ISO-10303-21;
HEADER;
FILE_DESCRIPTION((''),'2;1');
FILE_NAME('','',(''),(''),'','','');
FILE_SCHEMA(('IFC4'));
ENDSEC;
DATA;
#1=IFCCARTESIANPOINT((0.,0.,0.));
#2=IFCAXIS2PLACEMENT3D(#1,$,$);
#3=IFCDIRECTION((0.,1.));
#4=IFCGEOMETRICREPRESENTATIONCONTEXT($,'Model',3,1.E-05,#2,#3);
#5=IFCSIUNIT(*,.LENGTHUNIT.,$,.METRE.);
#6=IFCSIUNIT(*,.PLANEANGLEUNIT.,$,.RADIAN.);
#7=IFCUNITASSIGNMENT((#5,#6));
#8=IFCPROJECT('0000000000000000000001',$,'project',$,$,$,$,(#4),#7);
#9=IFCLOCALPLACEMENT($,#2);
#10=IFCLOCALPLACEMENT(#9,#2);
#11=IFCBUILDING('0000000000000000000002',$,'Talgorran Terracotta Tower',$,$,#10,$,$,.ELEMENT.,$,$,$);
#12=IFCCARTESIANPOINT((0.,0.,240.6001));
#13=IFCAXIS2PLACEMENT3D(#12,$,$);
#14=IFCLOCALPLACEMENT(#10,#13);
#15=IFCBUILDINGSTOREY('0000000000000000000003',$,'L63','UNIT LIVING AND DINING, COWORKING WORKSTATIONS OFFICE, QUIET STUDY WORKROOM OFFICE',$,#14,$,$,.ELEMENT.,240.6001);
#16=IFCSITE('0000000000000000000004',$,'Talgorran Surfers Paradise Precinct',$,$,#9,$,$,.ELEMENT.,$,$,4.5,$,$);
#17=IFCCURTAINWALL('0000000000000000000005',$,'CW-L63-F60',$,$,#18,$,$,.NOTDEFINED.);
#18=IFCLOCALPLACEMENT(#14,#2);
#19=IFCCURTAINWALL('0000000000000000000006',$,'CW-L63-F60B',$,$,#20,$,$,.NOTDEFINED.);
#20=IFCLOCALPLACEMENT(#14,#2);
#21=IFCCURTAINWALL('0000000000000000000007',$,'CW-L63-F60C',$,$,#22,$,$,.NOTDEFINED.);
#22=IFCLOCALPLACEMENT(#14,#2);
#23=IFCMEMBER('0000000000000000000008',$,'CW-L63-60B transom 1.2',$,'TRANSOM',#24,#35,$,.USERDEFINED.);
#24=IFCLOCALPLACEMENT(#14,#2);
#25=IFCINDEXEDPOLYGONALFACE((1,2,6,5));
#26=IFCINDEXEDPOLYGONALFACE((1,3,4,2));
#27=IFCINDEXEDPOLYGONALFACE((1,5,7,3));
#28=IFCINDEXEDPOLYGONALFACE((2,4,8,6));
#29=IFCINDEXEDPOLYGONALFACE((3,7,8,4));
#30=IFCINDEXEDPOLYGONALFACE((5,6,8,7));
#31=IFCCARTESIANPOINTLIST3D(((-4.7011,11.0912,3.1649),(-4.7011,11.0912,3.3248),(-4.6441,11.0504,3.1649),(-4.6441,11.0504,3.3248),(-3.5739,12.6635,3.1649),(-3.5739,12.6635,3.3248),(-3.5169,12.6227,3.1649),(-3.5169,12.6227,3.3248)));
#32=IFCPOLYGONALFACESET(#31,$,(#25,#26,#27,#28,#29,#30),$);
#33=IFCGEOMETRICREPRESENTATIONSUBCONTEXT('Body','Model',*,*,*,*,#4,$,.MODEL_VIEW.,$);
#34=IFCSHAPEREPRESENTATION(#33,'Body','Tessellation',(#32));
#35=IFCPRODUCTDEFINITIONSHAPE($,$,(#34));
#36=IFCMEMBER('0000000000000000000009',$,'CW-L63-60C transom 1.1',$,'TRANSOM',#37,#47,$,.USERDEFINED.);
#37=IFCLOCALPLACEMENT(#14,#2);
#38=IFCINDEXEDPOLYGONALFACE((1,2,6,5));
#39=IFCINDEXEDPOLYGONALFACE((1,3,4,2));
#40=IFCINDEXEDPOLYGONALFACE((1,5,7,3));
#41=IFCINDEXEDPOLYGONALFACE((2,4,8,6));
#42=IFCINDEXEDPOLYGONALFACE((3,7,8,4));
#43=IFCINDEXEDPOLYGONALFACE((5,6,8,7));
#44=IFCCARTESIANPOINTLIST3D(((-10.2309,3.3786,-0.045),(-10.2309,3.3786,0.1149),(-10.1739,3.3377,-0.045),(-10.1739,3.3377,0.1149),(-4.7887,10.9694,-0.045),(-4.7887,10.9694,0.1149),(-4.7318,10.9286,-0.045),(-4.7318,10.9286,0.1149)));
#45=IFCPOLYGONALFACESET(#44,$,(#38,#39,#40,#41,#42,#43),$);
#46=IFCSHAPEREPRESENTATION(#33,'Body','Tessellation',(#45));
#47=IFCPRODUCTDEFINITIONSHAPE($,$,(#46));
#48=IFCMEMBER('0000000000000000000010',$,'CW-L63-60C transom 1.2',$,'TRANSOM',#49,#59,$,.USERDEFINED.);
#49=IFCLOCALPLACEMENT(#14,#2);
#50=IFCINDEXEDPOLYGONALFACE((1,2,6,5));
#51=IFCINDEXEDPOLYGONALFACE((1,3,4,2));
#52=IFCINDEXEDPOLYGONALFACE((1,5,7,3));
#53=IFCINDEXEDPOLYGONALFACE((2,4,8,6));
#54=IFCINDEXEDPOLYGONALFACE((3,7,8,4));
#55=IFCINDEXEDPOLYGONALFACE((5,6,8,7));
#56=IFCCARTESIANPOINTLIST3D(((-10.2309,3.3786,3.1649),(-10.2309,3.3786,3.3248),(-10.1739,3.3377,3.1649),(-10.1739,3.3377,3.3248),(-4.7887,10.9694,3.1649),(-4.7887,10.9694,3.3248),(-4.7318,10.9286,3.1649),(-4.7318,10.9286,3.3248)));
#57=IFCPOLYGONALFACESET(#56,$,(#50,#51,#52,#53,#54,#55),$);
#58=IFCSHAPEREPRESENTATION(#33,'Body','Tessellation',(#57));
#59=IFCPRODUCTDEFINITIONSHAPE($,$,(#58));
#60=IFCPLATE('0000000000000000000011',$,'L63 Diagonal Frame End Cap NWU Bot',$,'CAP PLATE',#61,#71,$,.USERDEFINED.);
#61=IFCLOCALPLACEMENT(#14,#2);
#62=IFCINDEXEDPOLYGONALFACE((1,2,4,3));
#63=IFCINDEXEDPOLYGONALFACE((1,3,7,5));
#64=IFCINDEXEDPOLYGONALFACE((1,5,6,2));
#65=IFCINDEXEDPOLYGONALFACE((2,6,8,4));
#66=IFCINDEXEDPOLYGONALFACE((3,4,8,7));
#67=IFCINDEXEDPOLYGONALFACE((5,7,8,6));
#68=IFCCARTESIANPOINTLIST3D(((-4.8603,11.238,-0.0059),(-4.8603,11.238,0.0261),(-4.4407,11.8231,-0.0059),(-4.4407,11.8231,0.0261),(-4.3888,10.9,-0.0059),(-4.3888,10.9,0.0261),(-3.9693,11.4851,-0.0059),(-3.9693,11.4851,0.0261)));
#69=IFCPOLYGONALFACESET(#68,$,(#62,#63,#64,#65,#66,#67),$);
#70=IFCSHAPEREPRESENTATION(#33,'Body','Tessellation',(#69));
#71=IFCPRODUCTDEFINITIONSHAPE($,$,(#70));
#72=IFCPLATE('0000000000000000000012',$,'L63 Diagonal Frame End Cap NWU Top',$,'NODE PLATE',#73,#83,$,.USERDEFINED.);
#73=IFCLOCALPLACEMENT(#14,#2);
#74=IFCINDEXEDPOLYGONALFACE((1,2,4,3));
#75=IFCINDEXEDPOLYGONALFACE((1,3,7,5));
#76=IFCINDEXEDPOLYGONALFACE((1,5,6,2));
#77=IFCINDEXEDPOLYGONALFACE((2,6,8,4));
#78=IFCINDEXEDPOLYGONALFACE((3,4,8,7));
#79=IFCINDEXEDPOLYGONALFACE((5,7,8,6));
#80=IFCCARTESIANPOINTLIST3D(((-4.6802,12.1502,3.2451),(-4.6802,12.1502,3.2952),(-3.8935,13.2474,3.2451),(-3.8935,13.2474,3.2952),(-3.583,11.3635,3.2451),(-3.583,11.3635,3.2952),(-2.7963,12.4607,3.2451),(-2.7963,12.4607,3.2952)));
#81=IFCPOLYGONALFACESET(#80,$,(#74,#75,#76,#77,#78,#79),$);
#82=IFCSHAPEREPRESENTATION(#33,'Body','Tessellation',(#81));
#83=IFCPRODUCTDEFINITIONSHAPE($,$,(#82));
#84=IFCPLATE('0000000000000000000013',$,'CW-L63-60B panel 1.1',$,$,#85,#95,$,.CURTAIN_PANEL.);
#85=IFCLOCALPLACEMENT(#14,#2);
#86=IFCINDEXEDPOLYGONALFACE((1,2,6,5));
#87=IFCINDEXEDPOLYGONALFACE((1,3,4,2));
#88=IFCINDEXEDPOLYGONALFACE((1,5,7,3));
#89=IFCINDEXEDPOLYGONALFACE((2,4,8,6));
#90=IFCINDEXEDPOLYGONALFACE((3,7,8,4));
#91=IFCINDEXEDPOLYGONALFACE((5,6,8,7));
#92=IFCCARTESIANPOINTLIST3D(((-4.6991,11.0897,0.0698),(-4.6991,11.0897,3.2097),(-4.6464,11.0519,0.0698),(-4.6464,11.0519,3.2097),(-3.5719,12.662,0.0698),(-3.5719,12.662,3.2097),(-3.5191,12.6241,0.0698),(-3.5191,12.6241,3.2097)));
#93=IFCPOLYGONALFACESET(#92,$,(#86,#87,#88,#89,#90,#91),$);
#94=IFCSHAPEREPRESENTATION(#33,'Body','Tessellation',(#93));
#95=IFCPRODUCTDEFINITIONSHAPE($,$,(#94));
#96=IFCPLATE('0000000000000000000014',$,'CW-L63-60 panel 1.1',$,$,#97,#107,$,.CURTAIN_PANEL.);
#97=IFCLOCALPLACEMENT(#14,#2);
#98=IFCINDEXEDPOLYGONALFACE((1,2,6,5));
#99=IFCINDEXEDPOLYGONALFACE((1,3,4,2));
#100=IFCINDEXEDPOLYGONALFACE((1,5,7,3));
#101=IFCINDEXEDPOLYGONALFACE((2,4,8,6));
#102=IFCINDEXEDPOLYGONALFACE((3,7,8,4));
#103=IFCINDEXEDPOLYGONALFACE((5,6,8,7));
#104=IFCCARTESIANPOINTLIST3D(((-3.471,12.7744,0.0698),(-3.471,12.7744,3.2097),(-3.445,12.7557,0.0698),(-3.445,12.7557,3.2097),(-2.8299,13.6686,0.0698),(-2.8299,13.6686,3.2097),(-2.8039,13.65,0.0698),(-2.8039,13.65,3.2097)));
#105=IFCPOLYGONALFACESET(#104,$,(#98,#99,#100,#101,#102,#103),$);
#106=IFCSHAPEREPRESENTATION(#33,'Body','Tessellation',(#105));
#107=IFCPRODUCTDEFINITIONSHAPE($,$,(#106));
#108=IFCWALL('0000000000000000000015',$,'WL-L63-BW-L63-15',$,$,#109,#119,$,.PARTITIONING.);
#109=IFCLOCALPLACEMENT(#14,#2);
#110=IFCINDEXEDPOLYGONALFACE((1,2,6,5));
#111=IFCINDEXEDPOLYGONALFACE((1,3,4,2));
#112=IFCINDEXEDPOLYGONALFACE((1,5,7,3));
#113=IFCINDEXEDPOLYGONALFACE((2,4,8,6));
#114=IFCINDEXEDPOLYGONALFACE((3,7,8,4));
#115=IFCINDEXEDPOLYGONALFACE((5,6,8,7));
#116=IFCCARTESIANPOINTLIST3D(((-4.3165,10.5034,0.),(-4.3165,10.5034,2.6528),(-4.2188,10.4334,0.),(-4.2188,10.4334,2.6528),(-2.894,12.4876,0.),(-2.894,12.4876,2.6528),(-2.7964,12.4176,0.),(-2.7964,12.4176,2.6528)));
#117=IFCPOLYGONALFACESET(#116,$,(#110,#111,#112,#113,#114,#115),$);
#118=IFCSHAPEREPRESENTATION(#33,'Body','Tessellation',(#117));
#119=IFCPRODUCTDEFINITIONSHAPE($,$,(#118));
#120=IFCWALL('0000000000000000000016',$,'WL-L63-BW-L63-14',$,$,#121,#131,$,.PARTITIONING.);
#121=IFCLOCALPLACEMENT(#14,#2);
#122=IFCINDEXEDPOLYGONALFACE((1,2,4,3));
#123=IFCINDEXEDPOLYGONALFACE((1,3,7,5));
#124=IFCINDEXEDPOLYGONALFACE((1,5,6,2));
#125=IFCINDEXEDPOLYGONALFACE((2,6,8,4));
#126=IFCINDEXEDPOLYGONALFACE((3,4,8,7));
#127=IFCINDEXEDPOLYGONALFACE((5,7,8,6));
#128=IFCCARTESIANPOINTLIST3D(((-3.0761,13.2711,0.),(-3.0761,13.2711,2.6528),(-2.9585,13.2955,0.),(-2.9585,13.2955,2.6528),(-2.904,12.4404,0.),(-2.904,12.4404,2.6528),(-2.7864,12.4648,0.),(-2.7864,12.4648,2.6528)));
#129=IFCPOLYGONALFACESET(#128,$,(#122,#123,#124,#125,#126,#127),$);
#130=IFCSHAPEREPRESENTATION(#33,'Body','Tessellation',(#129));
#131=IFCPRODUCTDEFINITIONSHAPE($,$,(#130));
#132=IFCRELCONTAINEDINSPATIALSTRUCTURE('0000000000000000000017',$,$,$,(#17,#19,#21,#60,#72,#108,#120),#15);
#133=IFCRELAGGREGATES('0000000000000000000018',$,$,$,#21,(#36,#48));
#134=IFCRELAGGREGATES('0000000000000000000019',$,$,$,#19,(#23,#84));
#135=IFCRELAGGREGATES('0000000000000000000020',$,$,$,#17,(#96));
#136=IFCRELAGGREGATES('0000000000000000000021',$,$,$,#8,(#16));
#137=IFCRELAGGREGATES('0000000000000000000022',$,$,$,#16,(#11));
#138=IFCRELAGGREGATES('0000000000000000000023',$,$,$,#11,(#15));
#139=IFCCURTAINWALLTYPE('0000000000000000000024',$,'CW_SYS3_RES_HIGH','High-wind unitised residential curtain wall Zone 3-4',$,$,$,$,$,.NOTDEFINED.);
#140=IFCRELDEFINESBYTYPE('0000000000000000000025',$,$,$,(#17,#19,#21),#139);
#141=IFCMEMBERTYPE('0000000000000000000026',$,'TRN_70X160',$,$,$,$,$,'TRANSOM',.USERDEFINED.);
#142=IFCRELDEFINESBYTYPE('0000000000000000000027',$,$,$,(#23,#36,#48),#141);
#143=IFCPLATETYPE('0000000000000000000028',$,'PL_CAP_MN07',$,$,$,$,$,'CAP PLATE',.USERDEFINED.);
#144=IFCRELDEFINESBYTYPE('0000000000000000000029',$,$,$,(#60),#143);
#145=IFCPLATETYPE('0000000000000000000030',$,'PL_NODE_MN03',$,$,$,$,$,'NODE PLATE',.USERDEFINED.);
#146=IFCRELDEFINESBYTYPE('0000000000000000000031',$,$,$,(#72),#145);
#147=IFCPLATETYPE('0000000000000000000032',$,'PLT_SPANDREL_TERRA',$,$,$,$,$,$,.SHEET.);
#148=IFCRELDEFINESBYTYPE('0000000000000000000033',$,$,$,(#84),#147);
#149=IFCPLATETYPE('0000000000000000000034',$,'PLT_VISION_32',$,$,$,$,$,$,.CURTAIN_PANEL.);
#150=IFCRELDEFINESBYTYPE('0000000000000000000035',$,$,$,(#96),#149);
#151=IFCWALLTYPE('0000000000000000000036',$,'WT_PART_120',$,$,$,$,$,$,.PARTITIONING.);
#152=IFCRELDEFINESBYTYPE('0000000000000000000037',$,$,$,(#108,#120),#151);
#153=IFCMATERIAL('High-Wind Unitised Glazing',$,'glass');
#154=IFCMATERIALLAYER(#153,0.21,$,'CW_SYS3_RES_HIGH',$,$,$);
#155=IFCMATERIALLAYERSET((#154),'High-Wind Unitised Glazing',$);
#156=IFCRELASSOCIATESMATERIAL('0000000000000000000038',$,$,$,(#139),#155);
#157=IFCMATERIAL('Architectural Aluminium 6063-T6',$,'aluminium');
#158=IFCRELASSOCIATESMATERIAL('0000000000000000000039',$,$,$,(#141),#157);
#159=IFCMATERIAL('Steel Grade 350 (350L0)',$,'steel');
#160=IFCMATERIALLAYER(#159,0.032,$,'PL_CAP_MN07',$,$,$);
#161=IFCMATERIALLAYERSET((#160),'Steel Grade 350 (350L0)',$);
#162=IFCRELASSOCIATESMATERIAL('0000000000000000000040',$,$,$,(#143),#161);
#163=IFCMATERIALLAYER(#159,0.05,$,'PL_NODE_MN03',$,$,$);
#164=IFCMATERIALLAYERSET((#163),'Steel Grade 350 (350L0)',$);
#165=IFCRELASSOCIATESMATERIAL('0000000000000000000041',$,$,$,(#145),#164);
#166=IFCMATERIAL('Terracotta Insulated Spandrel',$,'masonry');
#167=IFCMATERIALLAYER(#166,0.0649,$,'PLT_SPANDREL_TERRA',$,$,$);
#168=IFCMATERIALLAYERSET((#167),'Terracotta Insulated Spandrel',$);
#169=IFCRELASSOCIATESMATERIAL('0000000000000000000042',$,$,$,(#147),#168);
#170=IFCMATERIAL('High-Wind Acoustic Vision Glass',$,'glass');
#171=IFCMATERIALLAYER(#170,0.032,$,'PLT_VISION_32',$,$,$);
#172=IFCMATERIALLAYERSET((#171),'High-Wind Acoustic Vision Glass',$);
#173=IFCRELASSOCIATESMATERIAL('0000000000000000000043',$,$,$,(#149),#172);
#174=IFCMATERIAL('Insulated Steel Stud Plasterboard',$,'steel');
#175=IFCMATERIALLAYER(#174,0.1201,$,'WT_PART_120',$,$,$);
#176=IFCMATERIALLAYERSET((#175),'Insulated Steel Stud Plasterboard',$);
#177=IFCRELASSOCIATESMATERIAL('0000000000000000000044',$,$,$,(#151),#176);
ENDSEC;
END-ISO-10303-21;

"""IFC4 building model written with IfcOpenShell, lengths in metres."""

from ifc_helpers import new_model, si_unit, direction, frame, frame_2d, origin, origin_2d, place, context, subcontext, project, spatial, rectangle, extrude, source, transform, mapped, material, layer, layer_set, material_profile, profile_set, type_object, type_shapes, element, aggregate, save


model = new_model("IFC4")

# Units and contexts
model_context = context("Model", 3, precision=1e-05, world=origin(), true_north=direction((0.0, 1.0)))
body_context = subcontext(model_context, "Body", "Model", "MODEL_VIEW")
ifc_project = project(units=[si_unit("LENGTHUNIT", "METRE"), si_unit("PLANEANGLEUNIT", "RADIAN")], contexts=[model_context])

# Site, building, storey
site_placement = place(None, origin())
site = spatial("IfcSite", under=ifc_project, at=site_placement, Name="Talgorran Surfers Paradise Precinct", CompositionType="ELEMENT", RefElevation=4.5)
building_placement = place(site_placement, origin())
building = spatial("IfcBuilding", under=site, at=building_placement, Name="Talgorran Terracotta Tower", CompositionType="ELEMENT")
storey_placement = place(building_placement, frame((0.0, 0.0, 240.6001)))
storey = spatial("IfcBuildingStorey", under=building, at=storey_placement, Name="L63", Description="UNIT LIVING AND DINING, COWORKING WORKSTATIONS OFFICE, QUIET STUDY WORKROOM OFFICE", CompositionType="ELEMENT", Elevation=240.6001)

# Shared definitions
ifc_material_1 = material(Name="Steel Grade 350 (350L0)", Category="steel")

# Shared definitions
ifc_material_2 = material(Name="High-Wind Unitised Glazing", Category="glass")
ifc_layer_1 = layer(ifc_material_2, 0.21, Name="CW_SYS3_RES_HIGH")
ifc_layer_set_1 = layer_set([ifc_layer_1], Name="High-Wind Unitised Glazing")
curtain_wall_type = type_object("IfcCurtainWallType", Name="CW_SYS3_RES_HIGH", Description="High-wind unitised residential curtain wall Zone 3-4", PredefinedType="NOTDEFINED", material=ifc_layer_set_1)
ifc_material_3 = material(Name="Architectural Aluminium 6063-T6", Category="aluminium")

# Curtain walls
curtain_wall_1_placement = place(storey_placement, origin())
curtain_wall_1 = element("IfcCurtainWall", 1, at=curtain_wall_1_placement, inside=storey, type_object=curtain_wall_type, Name="CW-L63-F60", PredefinedType="NOTDEFINED")
curtain_wall_2_placement = place(storey_placement, origin())
curtain_wall_2 = element("IfcCurtainWall", 2, at=curtain_wall_2_placement, inside=storey, type_object=curtain_wall_type, Name="CW-L63-F60B", PredefinedType="NOTDEFINED")

# Curtain wall
curtain_wall_3_placement = place(storey_placement, origin())
curtain_wall_3 = element("IfcCurtainWall", 3, at=curtain_wall_3_placement, inside=storey, type_object=curtain_wall_type, Name="CW-L63-F60C", PredefinedType="NOTDEFINED")

# Members
ifc_material_profile_1 = material_profile(ifc_material_3, rectangle(XDim=0.0701, YDim=0.1599, at=origin_2d()), Name="CWT70X160")
ifc_profile_set_1 = profile_set([ifc_material_profile_1], Name="Architectural Aluminium 6063-T6")
member_type_1 = type_object("IfcMemberType", Name="TRN_70X160", ElementType="TRANSOM", PredefinedType="USERDEFINED", material=ifc_profile_set_1)
member_1_placement = place(storey_placement, frame((-3.5454, 12.6431, 3.2449), z_axis=(-0.582658, -0.812718, 0.0), x_axis=(0.812718, -0.582658, 0.0)))
member_1 = element("IfcMember", 4, at=member_1_placement, type_object=member_type_1, Name="CW-L63-60B transom 1.2", ObjectType="TRANSOM", PredefinedType="USERDEFINED", context=body_context, shape_type="SweptSolid", body=[
    extrude(rectangle(XDim=0.0701, YDim=0.1599, at=origin_2d()), origin(), (0.0, 0.0, 1.0), 1.9346),
])
member_2_placement = place(storey_placement, frame((-4.7603, 10.949, 0.0349), z_axis=(-0.582664, -0.812713, 0.0), x_axis=(0.812713, -0.582664, 0.0)))
member_2 = element("IfcMember", 5, at=member_2_placement, type_object=member_type_1, Name="CW-L63-60C transom 1.1", ObjectType="TRANSOM", PredefinedType="USERDEFINED", context=body_context, shape_type="SweptSolid", body=[
    extrude(rectangle(XDim=0.0701, YDim=0.1599, at=origin_2d()), origin(), (0.0, 0.0, 1.0), 9.3401),
])
member_3_placement = place(storey_placement, frame((-4.7603, 10.949, 3.2449), z_axis=(-0.582664, -0.812713, 0.0), x_axis=(0.812713, -0.582664, 0.0)))
member_3 = element("IfcMember", 6, at=member_3_placement, type_object=member_type_1, Name="CW-L63-60C transom 1.2", ObjectType="TRANSOM", PredefinedType="USERDEFINED", context=body_context, shape_type="SweptSolid", body=[
    extrude(rectangle(XDim=0.0701, YDim=0.1599, at=origin_2d()), origin(), (0.0, 0.0, 1.0), 9.3401),
])
aggregate(curtain_wall_3, [member_2, member_3])

# Plates
ifc_layer_2 = layer(ifc_material_1, 0.032, Name="PL_CAP_MN07")
ifc_layer_set_2 = layer_set([ifc_layer_2], Name="Steel Grade 350 (350L0)")
plate_type_1 = type_object("IfcPlateType", Name="PL_CAP_MN07", ElementType="CAP PLATE", PredefinedType="USERDEFINED", material=ifc_layer_set_2)
plate_1_placement = place(storey_placement, frame((-4.4148, 11.3616, -0.0059), z_axis=(0.0, 0.0, 1.0), x_axis=(0.58269, 0.812694, 0.0)))
element("IfcPlate", 7, at=plate_1_placement, inside=storey, type_object=plate_type_1, Name="L63 Diagonal Frame End Cap NWU Bot", ObjectType="CAP PLATE", PredefinedType="USERDEFINED", context=body_context, shape_type="SweptSolid", body=[
    extrude(rectangle(XDim=0.72, YDim=0.5801, at=origin_2d()), origin(), (0.0, 0.0, 1.0), 0.032),
])
ifc_layer_3 = layer(ifc_material_1, 0.05, Name="PL_NODE_MN03")
ifc_layer_set_3 = layer_set([ifc_layer_3], Name="Steel Grade 350 (350L0)")
plate_type_2 = type_object("IfcPlateType", Name="PL_NODE_MN03", ElementType="NODE PLATE", PredefinedType="USERDEFINED", material=ifc_layer_set_3)
plate_2_placement = place(storey_placement, frame((-3.7383, 12.3054, 3.2451), z_axis=(0.0, 0.0, 1.0), x_axis=(0.58269, 0.812694, 0.0)))
element("IfcPlate", 8, at=plate_2_placement, inside=storey, type_object=plate_type_2, Name="L63 Diagonal Frame End Cap NWU Top", ObjectType="NODE PLATE", PredefinedType="USERDEFINED", context=body_context, shape_type="SweptSolid", body=[
    extrude(rectangle(XDim=1.3501, YDim=1.3501, at=origin_2d()), origin(), (0.0, 0.0, 1.0), 0.05),
])

# Plates
ifc_material_4 = material(Name="Terracotta Insulated Spandrel", Category="masonry")
ifc_layer_4 = layer(ifc_material_4, 0.0649, Name="PLT_SPANDREL_TERRA")
ifc_layer_set_4 = layer_set([ifc_layer_4], Name="Terracotta Insulated Spandrel")
plate_type_3 = type_object("IfcPlateType", Name="PLT_SPANDREL_TERRA", PredefinedType="SHEET", material=ifc_layer_set_4)
shared_shape_1 = source(origin(), body_context, "Body", "SweptSolid", [
    extrude(rectangle(XDim=1.9346, YDim=0.0649, at=origin_2d()), origin(), (0.0, 0.0, 1.0), 3.1399),
])
type_shapes(plate_type_3, [shared_shape_1])
plate_3_placement = place(storey_placement, frame((-4.1091, 11.8569, 0.0698), z_axis=(0.0, 0.0, 1.0), x_axis=(-0.582678, -0.812703, 0.0)))
plate_3 = element("IfcPlate", 9, at=plate_3_placement, type_object=plate_type_3, Name="CW-L63-60B panel 1.1", PredefinedType="CURTAIN_PANEL", context=body_context, shape_type="MappedRepresentation", body=[
    mapped(shared_shape_1, transform((0.0, 0.0, 0.0), scale=1.0)),
])
aggregate(curtain_wall_2, [member_1, plate_3])
ifc_material_5 = material(Name="High-Wind Acoustic Vision Glass", Category="glass")
ifc_layer_5 = layer(ifc_material_5, 0.032, Name="PLT_VISION_32")
ifc_layer_set_5 = layer_set([ifc_layer_5], Name="High-Wind Acoustic Vision Glass")
plate_type_4 = type_object("IfcPlateType", Name="PLT_VISION_32", PredefinedType="CURTAIN_PANEL", material=ifc_layer_set_5)
shared_shape_2 = source(origin(), body_context, "Body", "SweptSolid", [
    extrude(rectangle(XDim=1.1003, YDim=0.032, at=origin_2d()), origin(), (0.0, 0.0, 1.0), 3.1399),
])
type_shapes(plate_type_4, [shared_shape_2])
plate_4_placement = place(storey_placement, frame((-3.1375, 13.2122, 0.0698), z_axis=(0.0, 0.0, 1.0), x_axis=(-0.582679, -0.812703, 0.0)))
plate_4 = element("IfcPlate", 10, at=plate_4_placement, type_object=plate_type_4, Name="CW-L63-60 panel 1.1", PredefinedType="CURTAIN_PANEL", context=body_context, shape_type="MappedRepresentation", body=[
    mapped(shared_shape_2, transform((0.0, 0.0, 0.0), scale=1.0)),
])
aggregate(curtain_wall_1, [plate_4])

# Walls
ifc_material_6 = material(Name="Insulated Steel Stud Plasterboard", Category="steel")
ifc_layer_6 = layer(ifc_material_6, 0.1201, Name="WT_PART_120")
ifc_layer_set_6 = layer_set([ifc_layer_6], Name="Insulated Steel Stud Plasterboard")
wall_type = type_object("IfcWallType", Name="WT_PART_120", PredefinedType="PARTITIONING", material=ifc_layer_set_6)
wall_1_placement = place(storey_placement, frame((-2.8452, 12.4526, 0.0), z_axis=(0.0, 0.0, 1.0), x_axis=(-0.582628, -0.812739, 0.0)))
element("IfcWall", 11, at=wall_1_placement, inside=storey, type_object=wall_type, Name="WL-L63-BW-L63-15", PredefinedType="PARTITIONING", context=body_context, shape_type="SweptSolid", body=[
    extrude(rectangle(XDim=2.4414, YDim=0.1201, at=frame_2d((1.2207, 0.0))), origin(), (0.0, 0.0, 1.0), 2.6528),
])
wall_2_placement = place(storey_placement, frame((-3.0173, 13.2834, 0.0), z_axis=(0.0, 0.0, 1.0), x_axis=(0.202863, -0.979207, 0.0)))
element("IfcWall", 12, at=wall_2_placement, inside=storey, type_object=wall_type, Name="WL-L63-BW-L63-14", PredefinedType="PARTITIONING", context=body_context, shape_type="SweptSolid", body=[
    extrude(rectangle(XDim=0.8484, YDim=0.1201, at=frame_2d((0.4243, 0.0))), origin(), (0.0, 0.0, 1.0), 2.6528),
])

save(model, "model.ifc")
